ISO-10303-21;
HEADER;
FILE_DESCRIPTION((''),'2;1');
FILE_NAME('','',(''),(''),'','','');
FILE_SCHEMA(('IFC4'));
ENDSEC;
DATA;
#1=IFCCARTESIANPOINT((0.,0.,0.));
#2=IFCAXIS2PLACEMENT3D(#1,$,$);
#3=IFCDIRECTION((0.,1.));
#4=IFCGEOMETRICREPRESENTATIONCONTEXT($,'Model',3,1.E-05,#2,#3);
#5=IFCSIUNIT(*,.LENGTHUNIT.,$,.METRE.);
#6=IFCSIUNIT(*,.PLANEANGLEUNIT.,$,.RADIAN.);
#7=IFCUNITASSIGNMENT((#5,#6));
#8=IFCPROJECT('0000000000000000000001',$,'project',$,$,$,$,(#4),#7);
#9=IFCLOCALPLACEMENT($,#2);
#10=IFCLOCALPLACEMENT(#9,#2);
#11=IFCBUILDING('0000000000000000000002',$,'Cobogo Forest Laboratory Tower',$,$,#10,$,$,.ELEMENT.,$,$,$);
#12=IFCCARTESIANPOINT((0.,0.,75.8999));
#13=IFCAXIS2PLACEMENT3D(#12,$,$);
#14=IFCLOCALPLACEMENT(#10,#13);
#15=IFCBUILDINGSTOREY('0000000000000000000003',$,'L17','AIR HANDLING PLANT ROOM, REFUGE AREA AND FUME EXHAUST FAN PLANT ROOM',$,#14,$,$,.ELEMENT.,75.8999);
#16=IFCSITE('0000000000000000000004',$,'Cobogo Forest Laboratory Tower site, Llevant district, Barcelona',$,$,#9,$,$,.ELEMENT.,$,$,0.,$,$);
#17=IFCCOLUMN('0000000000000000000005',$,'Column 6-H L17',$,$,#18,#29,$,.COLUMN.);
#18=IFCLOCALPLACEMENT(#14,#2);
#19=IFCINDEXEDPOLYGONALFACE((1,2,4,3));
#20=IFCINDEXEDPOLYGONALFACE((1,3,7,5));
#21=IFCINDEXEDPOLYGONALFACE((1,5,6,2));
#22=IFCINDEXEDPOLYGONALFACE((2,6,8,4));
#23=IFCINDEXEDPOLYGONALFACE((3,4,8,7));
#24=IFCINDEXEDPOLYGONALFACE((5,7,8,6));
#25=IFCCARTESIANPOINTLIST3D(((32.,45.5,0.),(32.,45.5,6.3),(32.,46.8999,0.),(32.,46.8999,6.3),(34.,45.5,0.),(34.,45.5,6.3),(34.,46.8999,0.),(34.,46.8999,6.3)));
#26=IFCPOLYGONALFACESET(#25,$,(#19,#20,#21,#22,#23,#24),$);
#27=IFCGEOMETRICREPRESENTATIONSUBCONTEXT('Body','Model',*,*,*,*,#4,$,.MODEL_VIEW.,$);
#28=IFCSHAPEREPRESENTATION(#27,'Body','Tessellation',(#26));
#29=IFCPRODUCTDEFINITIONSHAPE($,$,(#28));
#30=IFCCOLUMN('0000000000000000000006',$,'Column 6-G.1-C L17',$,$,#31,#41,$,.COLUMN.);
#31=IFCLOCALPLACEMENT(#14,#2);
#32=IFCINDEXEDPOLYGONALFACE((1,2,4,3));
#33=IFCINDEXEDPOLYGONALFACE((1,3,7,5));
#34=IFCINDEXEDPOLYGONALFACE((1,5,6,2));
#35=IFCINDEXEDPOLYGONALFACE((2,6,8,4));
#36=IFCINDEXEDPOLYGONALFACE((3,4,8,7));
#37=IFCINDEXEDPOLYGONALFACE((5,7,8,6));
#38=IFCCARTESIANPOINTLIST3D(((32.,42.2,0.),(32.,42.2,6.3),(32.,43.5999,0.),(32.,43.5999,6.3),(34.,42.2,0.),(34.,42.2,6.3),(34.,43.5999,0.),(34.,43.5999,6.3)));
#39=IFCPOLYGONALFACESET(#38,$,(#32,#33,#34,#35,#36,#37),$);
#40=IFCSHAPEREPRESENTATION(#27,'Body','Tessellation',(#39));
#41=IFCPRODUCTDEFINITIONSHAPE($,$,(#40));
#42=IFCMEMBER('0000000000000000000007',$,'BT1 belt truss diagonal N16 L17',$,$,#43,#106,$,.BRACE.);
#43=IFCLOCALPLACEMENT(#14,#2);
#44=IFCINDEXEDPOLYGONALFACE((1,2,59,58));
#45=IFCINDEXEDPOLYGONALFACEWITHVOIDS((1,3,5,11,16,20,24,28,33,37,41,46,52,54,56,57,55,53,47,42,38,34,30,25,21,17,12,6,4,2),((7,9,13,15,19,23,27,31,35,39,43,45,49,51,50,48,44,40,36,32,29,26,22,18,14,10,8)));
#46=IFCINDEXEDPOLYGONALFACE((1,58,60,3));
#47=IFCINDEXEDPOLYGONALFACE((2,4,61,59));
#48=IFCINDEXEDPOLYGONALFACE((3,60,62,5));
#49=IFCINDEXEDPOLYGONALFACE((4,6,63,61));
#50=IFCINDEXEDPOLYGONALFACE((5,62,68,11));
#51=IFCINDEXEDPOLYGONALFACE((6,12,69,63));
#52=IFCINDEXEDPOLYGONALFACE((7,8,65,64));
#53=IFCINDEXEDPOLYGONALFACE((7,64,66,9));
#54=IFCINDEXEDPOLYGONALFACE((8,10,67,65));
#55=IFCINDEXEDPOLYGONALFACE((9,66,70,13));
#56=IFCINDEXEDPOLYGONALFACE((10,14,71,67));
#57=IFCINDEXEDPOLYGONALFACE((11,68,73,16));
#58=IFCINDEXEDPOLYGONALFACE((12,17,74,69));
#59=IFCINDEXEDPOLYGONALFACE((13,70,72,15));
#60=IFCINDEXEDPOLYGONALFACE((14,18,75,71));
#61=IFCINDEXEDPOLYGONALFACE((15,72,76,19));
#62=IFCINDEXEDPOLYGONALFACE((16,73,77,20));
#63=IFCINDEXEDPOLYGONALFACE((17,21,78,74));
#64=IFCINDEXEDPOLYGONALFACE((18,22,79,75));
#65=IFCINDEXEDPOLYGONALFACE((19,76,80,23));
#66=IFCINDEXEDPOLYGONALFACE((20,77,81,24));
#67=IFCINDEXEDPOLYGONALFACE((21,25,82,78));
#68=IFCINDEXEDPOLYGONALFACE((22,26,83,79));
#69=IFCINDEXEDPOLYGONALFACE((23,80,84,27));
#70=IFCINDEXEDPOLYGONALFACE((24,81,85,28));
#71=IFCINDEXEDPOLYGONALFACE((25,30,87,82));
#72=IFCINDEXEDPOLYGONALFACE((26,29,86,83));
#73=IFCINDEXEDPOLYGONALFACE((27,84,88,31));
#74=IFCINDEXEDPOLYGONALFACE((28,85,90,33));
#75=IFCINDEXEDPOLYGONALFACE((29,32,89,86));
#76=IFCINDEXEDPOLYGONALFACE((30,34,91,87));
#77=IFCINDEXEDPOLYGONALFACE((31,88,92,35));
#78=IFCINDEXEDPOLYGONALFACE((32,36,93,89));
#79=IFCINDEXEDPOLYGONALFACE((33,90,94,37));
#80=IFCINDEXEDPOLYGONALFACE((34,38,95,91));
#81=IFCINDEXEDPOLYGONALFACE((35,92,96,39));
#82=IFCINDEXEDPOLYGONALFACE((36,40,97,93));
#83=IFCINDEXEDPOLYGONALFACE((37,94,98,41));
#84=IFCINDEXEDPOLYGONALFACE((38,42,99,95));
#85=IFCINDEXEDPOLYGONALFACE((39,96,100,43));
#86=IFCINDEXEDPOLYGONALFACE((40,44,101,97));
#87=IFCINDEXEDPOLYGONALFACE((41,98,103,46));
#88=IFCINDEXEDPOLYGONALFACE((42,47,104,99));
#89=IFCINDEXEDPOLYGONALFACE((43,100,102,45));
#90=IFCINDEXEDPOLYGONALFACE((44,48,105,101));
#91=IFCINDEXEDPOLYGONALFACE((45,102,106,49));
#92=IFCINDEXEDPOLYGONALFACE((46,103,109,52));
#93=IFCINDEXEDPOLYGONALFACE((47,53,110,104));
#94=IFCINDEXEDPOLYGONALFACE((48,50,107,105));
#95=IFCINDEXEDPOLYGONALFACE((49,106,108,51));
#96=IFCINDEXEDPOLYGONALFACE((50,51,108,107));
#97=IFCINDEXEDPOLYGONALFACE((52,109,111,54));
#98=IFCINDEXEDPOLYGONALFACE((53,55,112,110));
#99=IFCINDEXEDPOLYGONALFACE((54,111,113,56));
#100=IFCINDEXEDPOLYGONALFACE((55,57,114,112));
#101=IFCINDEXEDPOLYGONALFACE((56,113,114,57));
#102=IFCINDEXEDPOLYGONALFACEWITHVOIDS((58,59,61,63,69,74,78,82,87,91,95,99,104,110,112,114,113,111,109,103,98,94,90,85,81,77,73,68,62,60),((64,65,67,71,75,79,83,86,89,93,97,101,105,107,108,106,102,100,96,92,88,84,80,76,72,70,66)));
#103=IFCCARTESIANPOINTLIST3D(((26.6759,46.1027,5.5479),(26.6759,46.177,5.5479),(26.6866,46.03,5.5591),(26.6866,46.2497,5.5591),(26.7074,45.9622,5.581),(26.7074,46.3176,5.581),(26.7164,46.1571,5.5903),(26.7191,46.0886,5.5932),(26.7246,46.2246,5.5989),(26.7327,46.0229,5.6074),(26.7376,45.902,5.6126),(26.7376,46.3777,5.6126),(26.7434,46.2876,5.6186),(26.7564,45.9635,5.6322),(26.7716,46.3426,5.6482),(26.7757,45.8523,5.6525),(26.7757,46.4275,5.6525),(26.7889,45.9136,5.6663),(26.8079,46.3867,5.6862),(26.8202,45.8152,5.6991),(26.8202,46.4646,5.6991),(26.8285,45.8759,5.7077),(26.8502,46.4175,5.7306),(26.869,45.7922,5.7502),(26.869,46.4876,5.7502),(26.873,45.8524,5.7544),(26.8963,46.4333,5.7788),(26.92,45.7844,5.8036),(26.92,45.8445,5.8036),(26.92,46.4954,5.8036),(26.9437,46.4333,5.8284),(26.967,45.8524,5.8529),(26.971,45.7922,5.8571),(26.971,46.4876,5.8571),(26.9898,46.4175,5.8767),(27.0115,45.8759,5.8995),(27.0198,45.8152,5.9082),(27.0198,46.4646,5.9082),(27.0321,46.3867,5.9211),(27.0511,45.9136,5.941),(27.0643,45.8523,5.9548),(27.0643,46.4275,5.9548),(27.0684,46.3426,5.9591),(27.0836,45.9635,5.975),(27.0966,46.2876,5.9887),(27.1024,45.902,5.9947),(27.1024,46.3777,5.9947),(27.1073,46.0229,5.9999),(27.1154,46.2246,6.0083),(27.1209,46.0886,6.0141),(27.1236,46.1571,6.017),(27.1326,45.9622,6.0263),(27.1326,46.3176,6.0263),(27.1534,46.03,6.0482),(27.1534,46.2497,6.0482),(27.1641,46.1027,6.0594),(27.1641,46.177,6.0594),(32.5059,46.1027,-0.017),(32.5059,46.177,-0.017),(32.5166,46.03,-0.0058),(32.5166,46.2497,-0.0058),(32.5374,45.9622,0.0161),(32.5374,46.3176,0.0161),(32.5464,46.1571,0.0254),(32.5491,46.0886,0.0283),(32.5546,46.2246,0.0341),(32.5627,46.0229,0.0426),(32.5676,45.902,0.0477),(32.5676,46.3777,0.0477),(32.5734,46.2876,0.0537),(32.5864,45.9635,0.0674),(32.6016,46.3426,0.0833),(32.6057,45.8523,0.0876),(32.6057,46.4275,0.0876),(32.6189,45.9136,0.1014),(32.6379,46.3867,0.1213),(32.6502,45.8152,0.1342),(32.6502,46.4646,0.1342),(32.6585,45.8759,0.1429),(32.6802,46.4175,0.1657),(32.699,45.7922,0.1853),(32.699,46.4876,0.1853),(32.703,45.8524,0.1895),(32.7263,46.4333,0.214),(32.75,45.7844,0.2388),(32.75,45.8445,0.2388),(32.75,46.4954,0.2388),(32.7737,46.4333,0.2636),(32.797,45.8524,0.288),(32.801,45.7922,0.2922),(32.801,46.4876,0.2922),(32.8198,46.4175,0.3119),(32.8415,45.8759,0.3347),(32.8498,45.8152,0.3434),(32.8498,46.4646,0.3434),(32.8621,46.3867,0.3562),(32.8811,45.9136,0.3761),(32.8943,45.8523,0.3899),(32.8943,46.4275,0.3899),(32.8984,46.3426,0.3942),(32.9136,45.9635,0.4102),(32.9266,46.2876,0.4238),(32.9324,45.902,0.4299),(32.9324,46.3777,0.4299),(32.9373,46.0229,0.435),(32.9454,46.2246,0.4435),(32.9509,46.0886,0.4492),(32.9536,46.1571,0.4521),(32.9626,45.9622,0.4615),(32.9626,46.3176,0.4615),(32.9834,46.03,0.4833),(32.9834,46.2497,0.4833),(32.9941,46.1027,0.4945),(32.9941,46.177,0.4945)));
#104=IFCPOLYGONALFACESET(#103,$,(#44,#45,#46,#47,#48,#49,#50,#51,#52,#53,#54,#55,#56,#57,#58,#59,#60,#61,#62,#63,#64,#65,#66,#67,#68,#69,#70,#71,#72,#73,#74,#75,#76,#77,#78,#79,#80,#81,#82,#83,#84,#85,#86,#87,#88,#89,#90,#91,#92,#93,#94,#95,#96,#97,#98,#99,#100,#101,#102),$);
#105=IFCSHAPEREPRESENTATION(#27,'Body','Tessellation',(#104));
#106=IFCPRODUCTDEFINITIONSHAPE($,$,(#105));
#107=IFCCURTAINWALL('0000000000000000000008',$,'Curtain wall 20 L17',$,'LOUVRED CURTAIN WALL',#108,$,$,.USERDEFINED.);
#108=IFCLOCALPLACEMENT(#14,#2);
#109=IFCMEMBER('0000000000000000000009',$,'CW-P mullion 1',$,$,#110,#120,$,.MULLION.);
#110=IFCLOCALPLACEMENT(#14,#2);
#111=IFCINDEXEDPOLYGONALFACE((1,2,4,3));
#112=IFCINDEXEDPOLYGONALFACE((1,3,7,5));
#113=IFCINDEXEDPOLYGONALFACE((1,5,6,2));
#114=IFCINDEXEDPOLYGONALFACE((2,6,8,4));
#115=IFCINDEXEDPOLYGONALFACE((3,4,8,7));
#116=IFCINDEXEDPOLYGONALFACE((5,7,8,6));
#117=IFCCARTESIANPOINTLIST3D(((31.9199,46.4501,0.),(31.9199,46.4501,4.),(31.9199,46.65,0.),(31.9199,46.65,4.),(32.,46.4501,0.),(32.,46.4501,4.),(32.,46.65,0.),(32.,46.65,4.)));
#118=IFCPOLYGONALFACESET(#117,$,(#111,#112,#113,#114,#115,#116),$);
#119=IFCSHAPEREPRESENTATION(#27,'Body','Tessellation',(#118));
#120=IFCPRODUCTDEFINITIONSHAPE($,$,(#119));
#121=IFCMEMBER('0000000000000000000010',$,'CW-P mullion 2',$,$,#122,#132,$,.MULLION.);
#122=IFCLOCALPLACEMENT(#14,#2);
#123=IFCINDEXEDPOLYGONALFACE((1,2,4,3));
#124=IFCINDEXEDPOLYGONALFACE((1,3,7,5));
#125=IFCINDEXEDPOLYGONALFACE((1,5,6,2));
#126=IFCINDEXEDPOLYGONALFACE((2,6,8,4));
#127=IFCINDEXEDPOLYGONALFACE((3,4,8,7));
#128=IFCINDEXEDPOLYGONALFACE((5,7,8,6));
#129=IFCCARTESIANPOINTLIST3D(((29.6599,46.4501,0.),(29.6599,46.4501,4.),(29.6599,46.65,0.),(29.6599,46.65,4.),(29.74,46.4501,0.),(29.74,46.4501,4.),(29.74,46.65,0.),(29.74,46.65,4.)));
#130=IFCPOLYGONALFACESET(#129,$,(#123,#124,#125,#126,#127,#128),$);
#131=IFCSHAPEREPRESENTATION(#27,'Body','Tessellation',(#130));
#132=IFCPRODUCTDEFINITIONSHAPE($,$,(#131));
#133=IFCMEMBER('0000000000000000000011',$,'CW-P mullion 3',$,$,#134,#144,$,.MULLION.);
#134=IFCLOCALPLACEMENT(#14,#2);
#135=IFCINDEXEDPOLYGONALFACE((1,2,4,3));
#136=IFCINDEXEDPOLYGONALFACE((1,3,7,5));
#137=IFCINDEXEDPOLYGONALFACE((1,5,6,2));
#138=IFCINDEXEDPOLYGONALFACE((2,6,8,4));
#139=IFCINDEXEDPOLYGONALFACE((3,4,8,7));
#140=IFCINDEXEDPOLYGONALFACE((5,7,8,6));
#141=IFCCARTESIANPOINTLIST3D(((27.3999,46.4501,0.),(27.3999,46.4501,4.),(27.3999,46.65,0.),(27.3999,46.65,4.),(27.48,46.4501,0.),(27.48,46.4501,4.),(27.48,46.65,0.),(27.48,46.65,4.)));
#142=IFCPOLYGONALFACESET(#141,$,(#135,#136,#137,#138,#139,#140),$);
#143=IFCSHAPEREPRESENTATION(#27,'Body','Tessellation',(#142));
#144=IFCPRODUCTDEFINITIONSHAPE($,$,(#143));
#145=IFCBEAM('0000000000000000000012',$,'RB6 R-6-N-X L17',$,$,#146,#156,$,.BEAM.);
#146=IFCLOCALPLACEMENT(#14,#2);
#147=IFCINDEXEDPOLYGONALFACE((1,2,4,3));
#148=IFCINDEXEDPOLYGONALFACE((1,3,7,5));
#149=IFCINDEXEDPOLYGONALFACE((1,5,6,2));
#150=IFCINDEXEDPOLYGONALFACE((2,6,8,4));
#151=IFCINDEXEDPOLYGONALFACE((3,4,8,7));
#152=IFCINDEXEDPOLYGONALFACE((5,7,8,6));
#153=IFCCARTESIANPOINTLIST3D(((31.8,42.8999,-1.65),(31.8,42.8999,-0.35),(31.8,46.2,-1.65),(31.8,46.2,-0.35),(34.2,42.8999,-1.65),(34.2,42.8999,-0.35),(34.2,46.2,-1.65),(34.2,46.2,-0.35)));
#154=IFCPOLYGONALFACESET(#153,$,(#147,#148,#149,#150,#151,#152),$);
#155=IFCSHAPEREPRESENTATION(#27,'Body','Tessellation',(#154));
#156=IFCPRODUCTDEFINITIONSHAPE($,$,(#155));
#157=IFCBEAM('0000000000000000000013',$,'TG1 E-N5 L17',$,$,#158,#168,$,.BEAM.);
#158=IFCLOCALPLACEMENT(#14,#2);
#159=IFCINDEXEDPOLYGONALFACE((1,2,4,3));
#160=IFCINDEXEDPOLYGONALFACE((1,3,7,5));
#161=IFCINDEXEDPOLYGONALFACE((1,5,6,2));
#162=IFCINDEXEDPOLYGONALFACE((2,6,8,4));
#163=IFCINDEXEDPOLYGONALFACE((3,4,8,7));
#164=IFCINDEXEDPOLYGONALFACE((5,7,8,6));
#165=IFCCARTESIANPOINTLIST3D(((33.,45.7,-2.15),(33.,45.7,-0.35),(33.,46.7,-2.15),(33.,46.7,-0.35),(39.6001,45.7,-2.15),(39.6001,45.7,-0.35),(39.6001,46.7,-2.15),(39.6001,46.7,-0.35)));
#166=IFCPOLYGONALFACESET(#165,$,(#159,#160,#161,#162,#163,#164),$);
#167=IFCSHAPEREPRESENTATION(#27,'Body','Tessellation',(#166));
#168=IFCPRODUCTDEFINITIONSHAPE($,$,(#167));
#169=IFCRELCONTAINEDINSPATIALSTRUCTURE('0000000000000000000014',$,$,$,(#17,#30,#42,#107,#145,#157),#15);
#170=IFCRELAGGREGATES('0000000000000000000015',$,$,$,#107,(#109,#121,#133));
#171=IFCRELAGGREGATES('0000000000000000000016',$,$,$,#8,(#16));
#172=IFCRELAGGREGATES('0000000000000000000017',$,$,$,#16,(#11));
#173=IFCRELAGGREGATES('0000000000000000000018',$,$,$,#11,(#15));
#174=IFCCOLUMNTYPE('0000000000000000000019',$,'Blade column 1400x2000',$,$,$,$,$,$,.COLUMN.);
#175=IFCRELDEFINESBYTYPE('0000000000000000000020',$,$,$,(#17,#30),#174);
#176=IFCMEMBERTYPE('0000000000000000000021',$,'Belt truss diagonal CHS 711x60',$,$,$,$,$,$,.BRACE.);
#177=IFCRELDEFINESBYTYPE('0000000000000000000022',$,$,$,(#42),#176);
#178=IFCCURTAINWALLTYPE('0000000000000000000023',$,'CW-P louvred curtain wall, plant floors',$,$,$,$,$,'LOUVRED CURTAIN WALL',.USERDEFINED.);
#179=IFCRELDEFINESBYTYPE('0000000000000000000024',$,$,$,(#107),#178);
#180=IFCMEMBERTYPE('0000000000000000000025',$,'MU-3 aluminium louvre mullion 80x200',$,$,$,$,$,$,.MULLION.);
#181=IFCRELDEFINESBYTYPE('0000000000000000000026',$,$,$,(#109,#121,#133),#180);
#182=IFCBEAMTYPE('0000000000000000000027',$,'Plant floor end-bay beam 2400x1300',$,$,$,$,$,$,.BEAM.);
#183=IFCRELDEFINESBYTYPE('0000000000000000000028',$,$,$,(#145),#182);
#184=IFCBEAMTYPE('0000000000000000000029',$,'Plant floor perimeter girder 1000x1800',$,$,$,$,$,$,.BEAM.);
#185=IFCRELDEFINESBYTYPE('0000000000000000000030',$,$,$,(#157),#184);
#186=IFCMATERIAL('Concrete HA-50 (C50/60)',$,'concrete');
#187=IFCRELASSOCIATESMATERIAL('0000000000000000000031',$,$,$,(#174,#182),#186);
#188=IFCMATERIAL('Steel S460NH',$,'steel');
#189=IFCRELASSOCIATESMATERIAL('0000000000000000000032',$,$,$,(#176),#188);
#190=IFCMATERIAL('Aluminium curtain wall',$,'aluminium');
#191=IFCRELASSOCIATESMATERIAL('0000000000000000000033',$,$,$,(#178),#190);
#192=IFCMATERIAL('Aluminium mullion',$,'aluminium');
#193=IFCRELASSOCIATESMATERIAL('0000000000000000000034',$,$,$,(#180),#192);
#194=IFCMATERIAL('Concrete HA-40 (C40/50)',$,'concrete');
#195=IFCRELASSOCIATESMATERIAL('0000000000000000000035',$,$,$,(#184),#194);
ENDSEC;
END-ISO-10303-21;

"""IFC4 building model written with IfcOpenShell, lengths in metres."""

from ifc_helpers import new_model, si_unit, direction, frame, origin, origin_2d, place, context, subcontext, project, spatial, rectangle, hollow_circle, extrude, material, material_profile, profile_set, type_object, element, aggregate, save


model = new_model("IFC4")

# Units and contexts
model_context = context("Model", 3, precision=1e-05, world=origin(), true_north=direction((0.0, 1.0)))
body_context = subcontext(model_context, "Body", "Model", "MODEL_VIEW")
ifc_project = project(units=[si_unit("LENGTHUNIT", "METRE"), si_unit("PLANEANGLEUNIT", "RADIAN")], contexts=[model_context])

# Site, building, storey
site_placement = place(None, origin())
site = spatial("IfcSite", under=ifc_project, at=site_placement, Name="Cobogo Forest Laboratory Tower site, Llevant district, Barcelona", CompositionType="ELEMENT", RefElevation=0.0)
building_placement = place(site_placement, origin())
building = spatial("IfcBuilding", under=site, at=building_placement, Name="Cobogo Forest Laboratory Tower", CompositionType="ELEMENT")
storey_placement = place(building_placement, frame((0.0, 0.0, 75.8999)))
storey = spatial("IfcBuildingStorey", under=building, at=storey_placement, Name="L17", Description="AIR HANDLING PLANT ROOM, REFUGE AREA AND FUME EXHAUST FAN PLANT ROOM", CompositionType="ELEMENT", Elevation=75.8999)

# Columns
ifc_material_1 = material(Name="Concrete HA-50 (C50/60)", Category="concrete")
ifc_material_profile_1 = material_profile(ifc_material_1, rectangle(XDim=2.0, YDim=1.3999, at=origin_2d()), Name="RC 1400x2000")
ifc_profile_set_1 = profile_set([ifc_material_profile_1], Name="Concrete HA-50 (C50/60)")
column_type = type_object("IfcColumnType", Name="Blade column 1400x2000", PredefinedType="COLUMN", material=ifc_profile_set_1)
for number, where, z_axis, x_axis, name in (
    (1, (33.0, 46.2, 0.0), (0.0, 0.0, 1.0), (1.0, 0.0, 0.0), "Column 6-H L17"),
    (2, (33.0, 42.8999, 0.0), (0.0, 0.0, 1.0), (1.0, 0.0, 0.0), "Column 6-G.1-C L17"),
):
    element("IfcColumn", number, at=place(storey_placement, frame(where, z_axis=z_axis, x_axis=x_axis)), inside=storey, type_object=column_type, Name=name, PredefinedType="COLUMN", context=body_context, shape_type="SweptSolid", body=[
        extrude(rectangle(XDim=2.0, YDim=1.3999, at=origin_2d()), origin(), (0.0, 0.0, 1.0), 6.3),
    ])

# Member
ifc_material_2 = material(Name="Steel S460NH", Category="steel")
ifc_material_profile_2 = material_profile(ifc_material_2, hollow_circle(Radius=0.3555, WallThickness=0.0601, at=origin_2d()), Name="CHS 711x60")
ifc_profile_set_2 = profile_set([ifc_material_profile_2], Name="Steel S460NH")
member_type_1 = type_object("IfcMemberType", Name="Belt truss diagonal CHS 711x60", PredefinedType="BRACE", material=ifc_profile_set_2)
member_1_placement = place(storey_placement, frame((32.75, 46.1399, 0.2388), z_axis=(-0.723364, 0.0, 0.690467), x_axis=(0.0, -1.0, 0.0)))
element("IfcMember", 3, at=member_1_placement, inside=storey, type_object=member_type_1, Name="BT1 belt truss diagonal N16 L17", PredefinedType="BRACE", context=body_context, shape_type="SweptSolid", body=[
    extrude(hollow_circle(Radius=0.3555, WallThickness=0.0601, at=origin_2d()), origin(), (0.0, 0.0, 1.0), 8.0596),
])

# Curtain wall, members
ifc_material_3 = material(Name="Aluminium curtain wall", Category="aluminium")
curtain_wall_type = type_object("IfcCurtainWallType", Name="CW-P louvred curtain wall, plant floors", ElementType="LOUVRED CURTAIN WALL", PredefinedType="USERDEFINED", material=ifc_material_3)
curtain_wall_placement = place(storey_placement, origin())
curtain_wall = element("IfcCurtainWall", 4, at=curtain_wall_placement, inside=storey, type_object=curtain_wall_type, Name="Curtain wall 20 L17", ObjectType="LOUVRED CURTAIN WALL", PredefinedType="USERDEFINED")
ifc_material_4 = material(Name="Aluminium mullion", Category="aluminium")
ifc_material_profile_3 = material_profile(ifc_material_4, rectangle(XDim=0.0801, YDim=0.2, at=origin_2d()), Name="AL 80x200")
ifc_profile_set_3 = profile_set([ifc_material_profile_3], Name="Aluminium mullion")
member_type_2 = type_object("IfcMemberType", Name="MU-3 aluminium louvre mullion 80x200", PredefinedType="MULLION", material=ifc_profile_set_3)
member_2_placement = place(storey_placement, frame((31.96, 46.55, 0.0), z_axis=(0.0, 0.0, 1.0), x_axis=(-1.0, 0.0, 0.0)))
member_2 = element("IfcMember", 5, at=member_2_placement, type_object=member_type_2, Name="CW-P mullion 1", PredefinedType="MULLION", context=body_context, shape_type="SweptSolid", body=[
    extrude(rectangle(XDim=0.0801, YDim=0.2, at=origin_2d()), origin(), (0.0, 0.0, 1.0), 4.0),
])
member_3_placement = place(storey_placement, frame((29.7, 46.55, 0.0), z_axis=(0.0, 0.0, 1.0), x_axis=(-1.0, 0.0, 0.0)))
member_3 = element("IfcMember", 6, at=member_3_placement, type_object=member_type_2, Name="CW-P mullion 2", PredefinedType="MULLION", context=body_context, shape_type="SweptSolid", body=[
    extrude(rectangle(XDim=0.0801, YDim=0.2, at=origin_2d()), origin(), (0.0, 0.0, 1.0), 4.0),
])
member_4_placement = place(storey_placement, frame((27.4399, 46.55, 0.0), z_axis=(0.0, 0.0, 1.0), x_axis=(-1.0, 0.0, 0.0)))
member_4 = element("IfcMember", 7, at=member_4_placement, type_object=member_type_2, Name="CW-P mullion 3", PredefinedType="MULLION", context=body_context, shape_type="SweptSolid", body=[
    extrude(rectangle(XDim=0.0801, YDim=0.2, at=origin_2d()), origin(), (0.0, 0.0, 1.0), 4.0),
])

# Beams
ifc_material_profile_4 = material_profile(ifc_material_1, rectangle(XDim=2.3999, YDim=1.3, at=origin_2d()), Name="RC 2400x1300")
ifc_profile_set_4 = profile_set([ifc_material_profile_4], Name="Concrete HA-50 (C50/60)")
beam_type_1 = type_object("IfcBeamType", Name="Plant floor end-bay beam 2400x1300", PredefinedType="BEAM", material=ifc_profile_set_4)
beam_1_placement = place(storey_placement, frame((33.0, 46.2, -1.0), z_axis=(0.0, -1.0, 0.0), x_axis=(1.0, 0.0, 0.0)))
element("IfcBeam", 8, at=beam_1_placement, inside=storey, type_object=beam_type_1, Name="RB6 R-6-N-X L17", PredefinedType="BEAM", context=body_context, shape_type="SweptSolid", body=[
    extrude(rectangle(XDim=2.3999, YDim=1.3, at=origin_2d()), origin(), (0.0, 0.0, 1.0), 3.3),
])
ifc_material_5 = material(Name="Concrete HA-40 (C40/50)", Category="concrete")
ifc_material_profile_5 = material_profile(ifc_material_5, rectangle(XDim=1.0, YDim=1.8, at=origin_2d()), Name="RC 1000x1800")
ifc_profile_set_5 = profile_set([ifc_material_profile_5], Name="Concrete HA-40 (C40/50)")
beam_type_2 = type_object("IfcBeamType", Name="Plant floor perimeter girder 1000x1800", PredefinedType="BEAM", material=ifc_profile_set_5)
beam_2_placement = place(storey_placement, frame((33.0, 46.2, -1.25), z_axis=(1.0, 0.0, 0.0), x_axis=(0.0, 1.0, 0.0)))
element("IfcBeam", 9, at=beam_2_placement, inside=storey, type_object=beam_type_2, Name="TG1 E-N5 L17", PredefinedType="BEAM", context=body_context, shape_type="SweptSolid", body=[
    extrude(rectangle(XDim=1.0, YDim=1.8, at=origin_2d()), origin(), (0.0, 0.0, 1.0), 6.6001),
])

aggregate(curtain_wall, [member_2, member_3, member_4])

save(model, "model.ifc")
